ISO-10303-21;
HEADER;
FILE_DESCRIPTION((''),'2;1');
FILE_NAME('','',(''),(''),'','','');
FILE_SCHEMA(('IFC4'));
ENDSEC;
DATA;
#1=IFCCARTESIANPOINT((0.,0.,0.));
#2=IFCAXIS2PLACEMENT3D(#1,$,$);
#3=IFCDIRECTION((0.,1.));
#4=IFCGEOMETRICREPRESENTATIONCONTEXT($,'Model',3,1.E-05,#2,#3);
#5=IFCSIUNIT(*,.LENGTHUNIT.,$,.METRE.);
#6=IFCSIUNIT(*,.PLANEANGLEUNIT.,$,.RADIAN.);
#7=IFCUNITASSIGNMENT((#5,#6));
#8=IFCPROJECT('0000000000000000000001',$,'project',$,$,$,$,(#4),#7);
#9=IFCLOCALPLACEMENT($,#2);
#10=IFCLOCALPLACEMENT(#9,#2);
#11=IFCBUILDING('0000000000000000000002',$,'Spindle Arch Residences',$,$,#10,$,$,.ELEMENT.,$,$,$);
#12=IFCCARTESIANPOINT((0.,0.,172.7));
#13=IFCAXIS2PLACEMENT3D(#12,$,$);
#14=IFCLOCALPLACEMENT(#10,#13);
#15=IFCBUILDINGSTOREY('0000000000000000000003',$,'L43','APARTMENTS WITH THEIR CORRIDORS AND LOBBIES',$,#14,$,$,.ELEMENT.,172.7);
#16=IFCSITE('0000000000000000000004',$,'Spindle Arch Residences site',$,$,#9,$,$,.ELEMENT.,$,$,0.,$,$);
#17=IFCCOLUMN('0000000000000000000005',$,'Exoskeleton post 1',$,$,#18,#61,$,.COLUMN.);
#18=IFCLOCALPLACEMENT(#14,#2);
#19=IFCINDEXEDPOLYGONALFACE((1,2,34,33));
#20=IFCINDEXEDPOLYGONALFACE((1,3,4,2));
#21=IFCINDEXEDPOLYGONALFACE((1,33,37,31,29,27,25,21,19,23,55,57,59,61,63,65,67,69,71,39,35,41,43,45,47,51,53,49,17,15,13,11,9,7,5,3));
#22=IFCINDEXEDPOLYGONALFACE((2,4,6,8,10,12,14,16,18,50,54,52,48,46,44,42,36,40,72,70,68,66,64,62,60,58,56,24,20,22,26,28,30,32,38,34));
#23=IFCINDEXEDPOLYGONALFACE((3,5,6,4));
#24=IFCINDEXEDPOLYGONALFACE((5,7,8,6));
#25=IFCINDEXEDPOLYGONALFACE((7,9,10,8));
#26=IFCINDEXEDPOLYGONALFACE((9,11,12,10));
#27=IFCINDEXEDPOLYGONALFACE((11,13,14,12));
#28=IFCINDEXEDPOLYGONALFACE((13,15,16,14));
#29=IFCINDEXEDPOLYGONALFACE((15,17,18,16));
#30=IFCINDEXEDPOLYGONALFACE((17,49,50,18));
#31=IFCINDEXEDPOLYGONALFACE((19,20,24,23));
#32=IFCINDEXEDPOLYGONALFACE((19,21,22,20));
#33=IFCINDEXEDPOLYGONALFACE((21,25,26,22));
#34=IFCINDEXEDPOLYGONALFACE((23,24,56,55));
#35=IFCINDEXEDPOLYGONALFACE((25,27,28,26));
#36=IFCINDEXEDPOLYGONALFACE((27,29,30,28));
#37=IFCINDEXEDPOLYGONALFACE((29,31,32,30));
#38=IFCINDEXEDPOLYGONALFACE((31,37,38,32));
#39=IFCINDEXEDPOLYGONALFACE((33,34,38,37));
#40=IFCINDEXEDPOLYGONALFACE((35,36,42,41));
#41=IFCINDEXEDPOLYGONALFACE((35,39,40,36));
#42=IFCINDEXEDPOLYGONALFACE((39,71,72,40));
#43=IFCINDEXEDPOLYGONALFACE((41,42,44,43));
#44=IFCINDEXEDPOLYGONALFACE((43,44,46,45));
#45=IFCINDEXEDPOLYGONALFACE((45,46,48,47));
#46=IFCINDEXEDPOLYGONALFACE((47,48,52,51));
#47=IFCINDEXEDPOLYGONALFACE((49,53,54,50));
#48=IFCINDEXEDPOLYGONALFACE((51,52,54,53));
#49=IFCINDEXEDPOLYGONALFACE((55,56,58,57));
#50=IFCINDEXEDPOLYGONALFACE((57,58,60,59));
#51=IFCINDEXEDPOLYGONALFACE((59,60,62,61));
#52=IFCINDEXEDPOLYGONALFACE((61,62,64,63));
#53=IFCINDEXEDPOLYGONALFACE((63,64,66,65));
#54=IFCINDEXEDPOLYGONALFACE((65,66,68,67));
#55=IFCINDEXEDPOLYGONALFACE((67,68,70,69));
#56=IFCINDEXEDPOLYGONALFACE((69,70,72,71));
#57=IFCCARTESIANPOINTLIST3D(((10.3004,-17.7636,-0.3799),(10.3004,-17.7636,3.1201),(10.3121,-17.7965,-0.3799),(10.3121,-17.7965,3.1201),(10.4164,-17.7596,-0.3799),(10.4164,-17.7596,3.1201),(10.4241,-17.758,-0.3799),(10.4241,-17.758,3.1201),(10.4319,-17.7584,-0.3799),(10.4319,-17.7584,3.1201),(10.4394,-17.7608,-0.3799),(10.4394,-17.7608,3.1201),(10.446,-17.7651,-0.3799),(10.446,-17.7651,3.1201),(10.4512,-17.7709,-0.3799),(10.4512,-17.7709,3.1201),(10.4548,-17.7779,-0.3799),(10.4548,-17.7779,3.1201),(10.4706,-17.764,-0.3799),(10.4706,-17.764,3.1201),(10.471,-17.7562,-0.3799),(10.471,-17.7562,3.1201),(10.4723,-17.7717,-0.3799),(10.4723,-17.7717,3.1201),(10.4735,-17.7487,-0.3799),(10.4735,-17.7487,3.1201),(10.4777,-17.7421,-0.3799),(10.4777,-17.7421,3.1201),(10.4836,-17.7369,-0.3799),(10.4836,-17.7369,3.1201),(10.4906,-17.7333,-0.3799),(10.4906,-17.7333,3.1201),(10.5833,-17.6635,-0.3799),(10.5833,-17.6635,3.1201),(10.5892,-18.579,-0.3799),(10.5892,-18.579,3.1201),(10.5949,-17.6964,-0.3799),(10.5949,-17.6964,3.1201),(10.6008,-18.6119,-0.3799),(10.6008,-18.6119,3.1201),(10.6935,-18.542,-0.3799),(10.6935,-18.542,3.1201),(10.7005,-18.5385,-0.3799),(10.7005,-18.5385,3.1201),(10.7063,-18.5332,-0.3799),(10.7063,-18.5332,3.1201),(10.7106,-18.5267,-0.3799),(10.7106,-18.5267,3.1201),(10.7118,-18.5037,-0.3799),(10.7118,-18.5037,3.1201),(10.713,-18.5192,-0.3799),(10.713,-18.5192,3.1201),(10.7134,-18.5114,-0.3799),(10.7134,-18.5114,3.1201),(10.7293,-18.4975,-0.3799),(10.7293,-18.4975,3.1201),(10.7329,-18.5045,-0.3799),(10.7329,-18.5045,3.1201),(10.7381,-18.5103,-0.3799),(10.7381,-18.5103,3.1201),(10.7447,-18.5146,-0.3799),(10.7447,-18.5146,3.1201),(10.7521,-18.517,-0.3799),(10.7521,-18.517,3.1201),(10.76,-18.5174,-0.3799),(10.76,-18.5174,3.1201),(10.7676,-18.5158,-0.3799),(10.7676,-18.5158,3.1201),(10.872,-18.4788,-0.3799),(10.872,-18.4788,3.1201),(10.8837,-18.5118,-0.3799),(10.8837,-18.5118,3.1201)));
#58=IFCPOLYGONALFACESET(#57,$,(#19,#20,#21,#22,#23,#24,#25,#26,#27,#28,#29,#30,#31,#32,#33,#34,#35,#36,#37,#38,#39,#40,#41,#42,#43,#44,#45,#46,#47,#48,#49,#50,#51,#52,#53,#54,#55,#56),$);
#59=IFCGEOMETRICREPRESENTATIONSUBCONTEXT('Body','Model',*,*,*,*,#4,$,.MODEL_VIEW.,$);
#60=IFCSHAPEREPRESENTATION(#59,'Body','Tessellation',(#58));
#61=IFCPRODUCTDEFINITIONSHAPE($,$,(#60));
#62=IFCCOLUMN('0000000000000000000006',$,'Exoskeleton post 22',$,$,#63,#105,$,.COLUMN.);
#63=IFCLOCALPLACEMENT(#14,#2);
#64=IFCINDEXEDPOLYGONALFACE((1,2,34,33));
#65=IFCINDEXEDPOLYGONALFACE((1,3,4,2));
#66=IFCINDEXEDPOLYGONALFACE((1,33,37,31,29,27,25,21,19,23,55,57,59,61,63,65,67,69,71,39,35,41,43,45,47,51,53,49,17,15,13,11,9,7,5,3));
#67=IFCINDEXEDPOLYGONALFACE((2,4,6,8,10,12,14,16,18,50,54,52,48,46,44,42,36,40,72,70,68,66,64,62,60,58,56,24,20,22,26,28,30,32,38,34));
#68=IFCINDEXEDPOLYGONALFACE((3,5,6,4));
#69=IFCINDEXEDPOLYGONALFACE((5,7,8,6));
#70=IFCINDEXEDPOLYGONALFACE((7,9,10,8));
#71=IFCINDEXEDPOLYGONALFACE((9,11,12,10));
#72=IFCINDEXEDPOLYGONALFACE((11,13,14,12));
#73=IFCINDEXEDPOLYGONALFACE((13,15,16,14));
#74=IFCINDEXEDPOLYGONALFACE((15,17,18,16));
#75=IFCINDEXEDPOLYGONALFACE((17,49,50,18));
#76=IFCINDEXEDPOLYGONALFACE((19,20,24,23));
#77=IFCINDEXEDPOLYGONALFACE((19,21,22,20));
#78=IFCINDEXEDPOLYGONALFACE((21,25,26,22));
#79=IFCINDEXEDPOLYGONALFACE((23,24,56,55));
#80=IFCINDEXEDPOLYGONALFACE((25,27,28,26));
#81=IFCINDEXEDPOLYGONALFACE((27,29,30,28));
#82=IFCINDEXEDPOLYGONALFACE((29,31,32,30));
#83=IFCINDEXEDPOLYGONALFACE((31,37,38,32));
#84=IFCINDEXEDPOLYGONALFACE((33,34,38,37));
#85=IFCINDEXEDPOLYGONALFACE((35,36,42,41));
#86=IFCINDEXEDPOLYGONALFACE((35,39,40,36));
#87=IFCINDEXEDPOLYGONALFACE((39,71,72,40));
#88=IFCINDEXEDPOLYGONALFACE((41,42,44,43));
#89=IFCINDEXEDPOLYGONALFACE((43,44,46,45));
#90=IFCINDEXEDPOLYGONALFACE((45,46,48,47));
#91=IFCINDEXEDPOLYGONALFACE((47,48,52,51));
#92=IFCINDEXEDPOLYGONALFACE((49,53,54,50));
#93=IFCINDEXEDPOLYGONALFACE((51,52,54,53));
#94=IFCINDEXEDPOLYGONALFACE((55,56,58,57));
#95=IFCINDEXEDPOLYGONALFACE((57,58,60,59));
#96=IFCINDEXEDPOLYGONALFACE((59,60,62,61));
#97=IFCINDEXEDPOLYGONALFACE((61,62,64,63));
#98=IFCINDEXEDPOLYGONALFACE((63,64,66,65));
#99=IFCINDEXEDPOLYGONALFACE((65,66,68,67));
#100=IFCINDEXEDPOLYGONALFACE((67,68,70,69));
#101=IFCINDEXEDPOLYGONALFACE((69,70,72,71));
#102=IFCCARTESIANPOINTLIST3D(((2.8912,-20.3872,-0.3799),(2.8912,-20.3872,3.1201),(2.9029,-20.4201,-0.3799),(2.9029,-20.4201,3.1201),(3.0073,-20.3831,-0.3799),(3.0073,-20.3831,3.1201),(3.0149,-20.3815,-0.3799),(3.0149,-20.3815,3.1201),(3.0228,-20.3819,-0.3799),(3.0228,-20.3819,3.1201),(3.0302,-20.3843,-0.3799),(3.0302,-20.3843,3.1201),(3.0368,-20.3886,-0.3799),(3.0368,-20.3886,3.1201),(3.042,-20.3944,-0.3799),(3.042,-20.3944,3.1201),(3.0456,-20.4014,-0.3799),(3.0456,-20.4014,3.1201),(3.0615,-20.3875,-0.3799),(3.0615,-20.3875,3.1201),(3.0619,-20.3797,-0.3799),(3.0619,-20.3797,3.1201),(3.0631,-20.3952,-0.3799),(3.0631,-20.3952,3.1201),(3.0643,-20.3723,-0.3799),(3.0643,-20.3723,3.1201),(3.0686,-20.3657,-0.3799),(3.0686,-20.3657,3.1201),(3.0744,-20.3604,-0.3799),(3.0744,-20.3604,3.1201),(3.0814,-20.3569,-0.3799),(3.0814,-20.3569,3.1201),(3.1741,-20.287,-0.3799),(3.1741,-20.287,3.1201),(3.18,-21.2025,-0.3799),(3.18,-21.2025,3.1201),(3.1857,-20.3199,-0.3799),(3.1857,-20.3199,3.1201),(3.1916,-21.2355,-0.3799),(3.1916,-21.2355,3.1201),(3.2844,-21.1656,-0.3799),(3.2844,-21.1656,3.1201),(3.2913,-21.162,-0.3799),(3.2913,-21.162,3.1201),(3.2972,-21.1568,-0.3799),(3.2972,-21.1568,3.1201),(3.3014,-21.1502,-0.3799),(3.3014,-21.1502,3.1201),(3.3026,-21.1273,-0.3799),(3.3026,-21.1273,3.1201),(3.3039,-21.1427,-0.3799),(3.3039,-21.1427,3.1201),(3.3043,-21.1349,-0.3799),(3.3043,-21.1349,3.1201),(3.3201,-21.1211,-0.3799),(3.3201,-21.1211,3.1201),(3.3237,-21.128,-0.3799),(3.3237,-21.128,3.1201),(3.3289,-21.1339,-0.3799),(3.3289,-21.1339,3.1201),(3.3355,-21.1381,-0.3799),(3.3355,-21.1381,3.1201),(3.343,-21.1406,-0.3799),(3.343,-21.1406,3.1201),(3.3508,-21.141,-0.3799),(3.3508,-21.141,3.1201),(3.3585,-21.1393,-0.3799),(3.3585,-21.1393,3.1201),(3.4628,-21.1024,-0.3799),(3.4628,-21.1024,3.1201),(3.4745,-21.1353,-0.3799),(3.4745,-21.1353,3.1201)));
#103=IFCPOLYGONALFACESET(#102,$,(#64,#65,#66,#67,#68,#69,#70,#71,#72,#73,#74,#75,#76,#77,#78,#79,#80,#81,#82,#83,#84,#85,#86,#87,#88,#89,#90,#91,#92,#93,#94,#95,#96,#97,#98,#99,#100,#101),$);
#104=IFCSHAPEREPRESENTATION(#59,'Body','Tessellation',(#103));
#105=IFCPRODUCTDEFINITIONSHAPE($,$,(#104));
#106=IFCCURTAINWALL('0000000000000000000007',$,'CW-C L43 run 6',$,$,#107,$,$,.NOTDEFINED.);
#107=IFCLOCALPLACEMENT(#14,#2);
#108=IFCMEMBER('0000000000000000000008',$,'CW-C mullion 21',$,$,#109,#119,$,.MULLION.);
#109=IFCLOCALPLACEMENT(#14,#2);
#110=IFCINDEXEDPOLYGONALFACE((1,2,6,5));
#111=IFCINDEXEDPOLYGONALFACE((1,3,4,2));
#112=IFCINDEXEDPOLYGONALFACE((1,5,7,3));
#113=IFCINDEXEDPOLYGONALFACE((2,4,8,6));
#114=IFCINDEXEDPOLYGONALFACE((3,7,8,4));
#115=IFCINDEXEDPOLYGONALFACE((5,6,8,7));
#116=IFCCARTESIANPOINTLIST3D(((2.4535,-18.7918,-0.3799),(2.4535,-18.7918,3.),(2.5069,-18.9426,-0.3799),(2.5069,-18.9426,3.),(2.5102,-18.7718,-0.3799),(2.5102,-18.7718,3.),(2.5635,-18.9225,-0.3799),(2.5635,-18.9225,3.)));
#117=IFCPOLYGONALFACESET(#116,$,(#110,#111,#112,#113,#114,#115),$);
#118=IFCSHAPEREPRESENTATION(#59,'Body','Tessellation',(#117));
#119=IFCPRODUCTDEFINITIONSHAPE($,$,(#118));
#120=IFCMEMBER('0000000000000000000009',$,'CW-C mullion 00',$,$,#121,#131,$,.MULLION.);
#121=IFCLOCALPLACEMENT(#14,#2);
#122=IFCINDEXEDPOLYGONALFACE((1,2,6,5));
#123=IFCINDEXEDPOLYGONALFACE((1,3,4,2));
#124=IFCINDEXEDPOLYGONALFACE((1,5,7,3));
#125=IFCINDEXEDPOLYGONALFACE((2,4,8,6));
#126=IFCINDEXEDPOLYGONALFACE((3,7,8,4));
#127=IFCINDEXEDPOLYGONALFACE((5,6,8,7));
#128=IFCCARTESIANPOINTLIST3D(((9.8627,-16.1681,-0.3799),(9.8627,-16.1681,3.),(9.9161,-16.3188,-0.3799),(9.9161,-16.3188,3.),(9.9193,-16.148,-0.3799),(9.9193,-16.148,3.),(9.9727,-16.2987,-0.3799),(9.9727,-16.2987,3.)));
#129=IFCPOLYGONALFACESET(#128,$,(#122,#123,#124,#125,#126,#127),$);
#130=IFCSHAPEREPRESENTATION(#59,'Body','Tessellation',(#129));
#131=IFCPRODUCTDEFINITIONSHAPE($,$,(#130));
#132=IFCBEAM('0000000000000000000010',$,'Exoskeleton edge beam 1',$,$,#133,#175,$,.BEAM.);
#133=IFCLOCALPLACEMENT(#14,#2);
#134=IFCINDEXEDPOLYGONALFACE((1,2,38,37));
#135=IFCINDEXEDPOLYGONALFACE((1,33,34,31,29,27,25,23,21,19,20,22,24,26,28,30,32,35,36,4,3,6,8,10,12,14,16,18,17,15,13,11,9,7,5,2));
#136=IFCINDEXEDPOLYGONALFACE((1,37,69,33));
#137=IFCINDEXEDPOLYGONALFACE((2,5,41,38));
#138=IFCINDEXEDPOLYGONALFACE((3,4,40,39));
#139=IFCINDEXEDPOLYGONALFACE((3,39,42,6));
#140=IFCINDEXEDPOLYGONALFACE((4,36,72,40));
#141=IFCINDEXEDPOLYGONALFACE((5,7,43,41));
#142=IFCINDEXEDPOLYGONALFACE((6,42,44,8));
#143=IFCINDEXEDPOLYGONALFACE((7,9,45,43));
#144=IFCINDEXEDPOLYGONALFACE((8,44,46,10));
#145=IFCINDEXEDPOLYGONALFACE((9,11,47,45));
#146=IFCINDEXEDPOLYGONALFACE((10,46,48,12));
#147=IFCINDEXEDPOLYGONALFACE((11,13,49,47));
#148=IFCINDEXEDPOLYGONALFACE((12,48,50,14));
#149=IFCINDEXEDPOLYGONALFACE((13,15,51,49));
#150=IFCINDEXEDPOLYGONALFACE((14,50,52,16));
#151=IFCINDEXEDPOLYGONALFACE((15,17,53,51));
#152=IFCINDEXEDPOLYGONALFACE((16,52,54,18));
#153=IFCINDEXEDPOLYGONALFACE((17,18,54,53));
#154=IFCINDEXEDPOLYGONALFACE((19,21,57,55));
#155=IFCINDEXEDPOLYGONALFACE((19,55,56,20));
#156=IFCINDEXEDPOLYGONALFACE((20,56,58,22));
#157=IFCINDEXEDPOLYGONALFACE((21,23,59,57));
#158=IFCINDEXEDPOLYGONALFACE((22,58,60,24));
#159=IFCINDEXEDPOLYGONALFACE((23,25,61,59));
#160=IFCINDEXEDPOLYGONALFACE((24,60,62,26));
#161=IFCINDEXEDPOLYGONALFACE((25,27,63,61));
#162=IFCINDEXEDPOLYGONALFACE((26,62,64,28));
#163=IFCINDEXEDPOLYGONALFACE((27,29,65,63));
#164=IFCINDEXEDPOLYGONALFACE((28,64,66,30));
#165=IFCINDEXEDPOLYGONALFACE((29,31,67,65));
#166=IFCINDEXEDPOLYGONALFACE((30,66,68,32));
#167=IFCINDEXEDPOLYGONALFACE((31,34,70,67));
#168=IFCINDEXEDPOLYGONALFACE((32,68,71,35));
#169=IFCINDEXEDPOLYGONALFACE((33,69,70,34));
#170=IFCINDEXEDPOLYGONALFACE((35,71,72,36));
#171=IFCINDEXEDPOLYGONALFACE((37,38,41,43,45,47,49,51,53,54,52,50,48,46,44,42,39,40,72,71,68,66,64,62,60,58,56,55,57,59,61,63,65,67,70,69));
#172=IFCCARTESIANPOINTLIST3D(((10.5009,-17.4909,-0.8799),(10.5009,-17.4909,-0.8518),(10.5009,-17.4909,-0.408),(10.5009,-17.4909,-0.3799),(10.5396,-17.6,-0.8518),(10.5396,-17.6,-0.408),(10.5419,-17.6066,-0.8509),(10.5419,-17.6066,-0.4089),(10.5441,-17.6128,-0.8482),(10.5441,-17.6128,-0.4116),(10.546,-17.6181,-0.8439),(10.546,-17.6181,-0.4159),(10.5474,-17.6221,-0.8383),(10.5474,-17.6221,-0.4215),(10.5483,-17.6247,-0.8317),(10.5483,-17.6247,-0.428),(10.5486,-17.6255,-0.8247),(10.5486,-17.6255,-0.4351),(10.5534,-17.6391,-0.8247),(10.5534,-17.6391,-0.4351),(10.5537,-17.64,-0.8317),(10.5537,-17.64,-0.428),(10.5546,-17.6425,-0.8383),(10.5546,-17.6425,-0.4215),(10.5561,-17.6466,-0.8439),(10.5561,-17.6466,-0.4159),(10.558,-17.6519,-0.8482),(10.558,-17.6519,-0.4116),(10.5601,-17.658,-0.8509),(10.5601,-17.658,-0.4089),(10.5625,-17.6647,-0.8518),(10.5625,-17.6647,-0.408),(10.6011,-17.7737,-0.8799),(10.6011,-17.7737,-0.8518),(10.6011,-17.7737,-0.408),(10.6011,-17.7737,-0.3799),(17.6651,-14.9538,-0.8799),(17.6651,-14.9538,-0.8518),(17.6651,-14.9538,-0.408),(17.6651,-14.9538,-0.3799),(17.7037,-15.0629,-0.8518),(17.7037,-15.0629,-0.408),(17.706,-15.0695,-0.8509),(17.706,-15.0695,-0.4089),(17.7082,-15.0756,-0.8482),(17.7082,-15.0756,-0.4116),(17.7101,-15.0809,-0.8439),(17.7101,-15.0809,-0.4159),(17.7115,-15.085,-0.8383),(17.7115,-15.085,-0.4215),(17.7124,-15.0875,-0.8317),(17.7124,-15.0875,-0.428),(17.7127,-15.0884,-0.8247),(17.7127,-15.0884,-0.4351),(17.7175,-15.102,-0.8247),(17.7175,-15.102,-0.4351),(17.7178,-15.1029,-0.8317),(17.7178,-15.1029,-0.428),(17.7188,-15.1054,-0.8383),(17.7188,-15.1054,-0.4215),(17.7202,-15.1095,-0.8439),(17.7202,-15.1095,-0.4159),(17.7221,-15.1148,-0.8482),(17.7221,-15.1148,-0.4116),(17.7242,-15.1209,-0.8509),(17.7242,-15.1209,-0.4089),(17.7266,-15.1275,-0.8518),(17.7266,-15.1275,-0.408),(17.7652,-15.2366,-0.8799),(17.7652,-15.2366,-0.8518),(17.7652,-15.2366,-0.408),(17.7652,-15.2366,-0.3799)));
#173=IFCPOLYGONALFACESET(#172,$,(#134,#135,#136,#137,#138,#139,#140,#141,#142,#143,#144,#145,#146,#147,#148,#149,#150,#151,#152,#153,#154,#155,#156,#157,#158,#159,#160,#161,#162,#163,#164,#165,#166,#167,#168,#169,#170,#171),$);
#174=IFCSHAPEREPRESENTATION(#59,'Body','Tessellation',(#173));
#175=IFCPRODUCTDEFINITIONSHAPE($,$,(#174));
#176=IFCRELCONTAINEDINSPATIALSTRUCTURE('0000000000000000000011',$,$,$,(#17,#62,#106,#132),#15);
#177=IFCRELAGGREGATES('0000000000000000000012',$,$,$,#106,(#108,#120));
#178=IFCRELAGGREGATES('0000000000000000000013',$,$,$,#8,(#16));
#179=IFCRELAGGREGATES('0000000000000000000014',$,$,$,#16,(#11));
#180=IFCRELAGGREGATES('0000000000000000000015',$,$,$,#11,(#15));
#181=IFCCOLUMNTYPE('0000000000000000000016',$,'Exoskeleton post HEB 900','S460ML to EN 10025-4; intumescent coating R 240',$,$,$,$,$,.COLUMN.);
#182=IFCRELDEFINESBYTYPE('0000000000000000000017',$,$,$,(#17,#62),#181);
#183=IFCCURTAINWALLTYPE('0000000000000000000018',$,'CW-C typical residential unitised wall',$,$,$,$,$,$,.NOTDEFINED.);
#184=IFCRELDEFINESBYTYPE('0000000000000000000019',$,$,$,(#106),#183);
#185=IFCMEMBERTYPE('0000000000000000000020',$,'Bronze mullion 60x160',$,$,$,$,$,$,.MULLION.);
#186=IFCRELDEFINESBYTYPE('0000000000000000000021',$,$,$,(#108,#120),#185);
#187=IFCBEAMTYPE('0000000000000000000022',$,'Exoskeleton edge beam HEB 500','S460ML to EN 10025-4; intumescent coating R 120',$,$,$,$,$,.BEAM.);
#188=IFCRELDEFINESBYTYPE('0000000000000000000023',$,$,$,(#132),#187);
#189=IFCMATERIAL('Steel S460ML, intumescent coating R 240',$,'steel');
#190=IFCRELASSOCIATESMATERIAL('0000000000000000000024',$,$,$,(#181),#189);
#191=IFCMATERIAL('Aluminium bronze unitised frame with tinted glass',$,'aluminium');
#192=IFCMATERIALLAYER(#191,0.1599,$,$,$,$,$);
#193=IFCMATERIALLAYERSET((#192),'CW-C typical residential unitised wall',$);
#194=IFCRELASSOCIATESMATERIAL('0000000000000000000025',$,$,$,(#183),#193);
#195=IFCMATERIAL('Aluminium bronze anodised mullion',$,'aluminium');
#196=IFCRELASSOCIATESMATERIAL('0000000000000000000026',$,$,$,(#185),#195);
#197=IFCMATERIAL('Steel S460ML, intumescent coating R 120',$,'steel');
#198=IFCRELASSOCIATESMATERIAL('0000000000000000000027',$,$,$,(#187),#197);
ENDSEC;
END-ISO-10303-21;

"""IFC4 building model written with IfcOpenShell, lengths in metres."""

from ifc_helpers import new_model, si_unit, direction, frame, origin, origin_2d, place, context, subcontext, project, spatial, rectangle, i_section, extrude, material, layer, layer_set, material_profile, profile_set, type_object, element, aggregate, save


model = new_model("IFC4")

# Units and contexts
model_context = context("Model", 3, precision=1e-05, world=origin(), true_north=direction((0.0, 1.0)))
body_context = subcontext(model_context, "Body", "Model", "MODEL_VIEW")
ifc_project = project(units=[si_unit("LENGTHUNIT", "METRE"), si_unit("PLANEANGLEUNIT", "RADIAN")], contexts=[model_context])

# Site, building, storey
site_placement = place(None, origin())
site = spatial("IfcSite", under=ifc_project, at=site_placement, Name="Spindle Arch Residences site", CompositionType="ELEMENT", RefElevation=0.0)
building_placement = place(site_placement, origin())
building = spatial("IfcBuilding", under=site, at=building_placement, Name="Spindle Arch Residences", CompositionType="ELEMENT")
storey_placement = place(building_placement, frame((0.0, 0.0, 172.7)))
storey = spatial("IfcBuildingStorey", under=building, at=storey_placement, Name="L43", Description="APARTMENTS WITH THEIR CORRIDORS AND LOBBIES", CompositionType="ELEMENT", Elevation=172.7)

# Columns
ifc_material_1 = material(Name="Steel S460ML, intumescent coating R 240", Category="steel")
ifc_material_profile_1 = material_profile(ifc_material_1, i_section(OverallWidth=0.3, OverallDepth=0.8999, WebThickness=0.0186, FlangeThickness=0.0349, FilletRadius=0.03, at=origin_2d()), Name="HEB 900")
ifc_profile_set_1 = profile_set([ifc_material_profile_1], Name="Steel S460ML, intumescent coating R 240")
column_type = type_object("IfcColumnType", Name="Exoskeleton post HEB 900", Description="S460ML to EN 10025-4; intumescent coating R 240", PredefinedType="COLUMN", material=ifc_profile_set_1)
for number, where, z_axis, x_axis, name in (
    (1, (10.592, -18.1377, -0.3799), (0.0, 0.0, 1.0), (-0.942641, -0.333807, 0.0), "Exoskeleton post 1"),
    (2, (3.1829, -20.7612, -0.3799), (0.0, 0.0, 1.0), (-0.942641, -0.333807, 0.0), "Exoskeleton post 22"),
):
    element("IfcColumn", number, at=place(storey_placement, frame(where, z_axis=z_axis, x_axis=x_axis)), inside=storey, type_object=column_type, Name=name, PredefinedType="COLUMN", context=body_context, shape_type="SweptSolid", body=[
        extrude(i_section(OverallWidth=0.3, OverallDepth=0.8999, WebThickness=0.0186, FlangeThickness=0.0349, FilletRadius=0.03, at=origin_2d()), origin(), (0.0, 0.0, 1.0), 3.5),
    ])

# Curtain wall, members
ifc_material_2 = material(Name="Aluminium bronze unitised frame with tinted glass", Category="aluminium")
ifc_layer_1 = layer(ifc_material_2, 0.1599)
ifc_layer_set_1 = layer_set([ifc_layer_1], Name="CW-C typical residential unitised wall")
curtain_wall_type = type_object("IfcCurtainWallType", Name="CW-C typical residential unitised wall", PredefinedType="NOTDEFINED", material=ifc_layer_set_1)
curtain_wall_placement = place(storey_placement, origin())
curtain_wall = element("IfcCurtainWall", 3, at=curtain_wall_placement, inside=storey, type_object=curtain_wall_type, Name="CW-C L43 run 6", PredefinedType="NOTDEFINED")
ifc_material_3 = material(Name="Aluminium bronze anodised mullion", Category="aluminium")
ifc_material_profile_2 = material_profile(ifc_material_3, rectangle(XDim=0.1599, YDim=0.0601, at=origin_2d()), Name="MU 60x160")
ifc_profile_set_2 = profile_set([ifc_material_profile_2], Name="Aluminium bronze anodised mullion")
member_type = type_object("IfcMemberType", Name="Bronze mullion 60x160", PredefinedType="MULLION", material=ifc_profile_set_2)
member_1_placement = place(storey_placement, frame((2.5085, -18.8572, -0.3799), z_axis=(0.0, 0.0, 1.0), x_axis=(-0.333807, 0.942641, 0.0)))
member_1 = element("IfcMember", 4, at=member_1_placement, type_object=member_type, Name="CW-C mullion 21", PredefinedType="MULLION", context=body_context, shape_type="SweptSolid", body=[
    extrude(rectangle(XDim=0.1599, YDim=0.0601, at=origin_2d()), origin(), (0.0, 0.0, 1.0), 3.3799),
])
member_2_placement = place(storey_placement, frame((9.9177, -16.2334, -0.3799), z_axis=(0.0, 0.0, 1.0), x_axis=(-0.333807, 0.942641, 0.0)))
member_2 = element("IfcMember", 5, at=member_2_placement, type_object=member_type, Name="CW-C mullion 00", PredefinedType="MULLION", context=body_context, shape_type="SweptSolid", body=[
    extrude(rectangle(XDim=0.1599, YDim=0.0601, at=origin_2d()), origin(), (0.0, 0.0, 1.0), 3.3799),
])

# Beam
ifc_material_4 = material(Name="Steel S460ML, intumescent coating R 120", Category="steel")
ifc_material_profile_3 = material_profile(ifc_material_4, i_section(OverallWidth=0.3, OverallDepth=0.5, WebThickness=0.0144, FlangeThickness=0.0281, FilletRadius=0.0271, at=origin_2d()), Name="HEB 500")
ifc_profile_set_3 = profile_set([ifc_material_profile_3], Name="Steel S460ML, intumescent coating R 120")
beam_type_1 = type_object("IfcBeamType", Name="Exoskeleton edge beam HEB 500", Description="S460ML to EN 10025-4; intumescent coating R 120", PredefinedType="BEAM", material=ifc_profile_set_3)
for number, where, z_axis, x_axis, name in (
    (6, (10.551, -17.6323, -0.6299), (0.942634, 0.333828, 0.0), (-0.333828, 0.942634, 0.0), "Exoskeleton edge beam 1"),
):
    element("IfcBeam", number, at=place(storey_placement, frame(where, z_axis=z_axis, x_axis=x_axis)), inside=storey, type_object=beam_type_1, Name=name, PredefinedType="BEAM", context=body_context, shape_type="SweptSolid", body=[
        extrude(i_section(OverallWidth=0.3, OverallDepth=0.5, WebThickness=0.0144, FlangeThickness=0.0281, FilletRadius=0.0271, at=origin_2d()), origin(), (0.0, 0.0, 1.0), 7.6001),
    ])

aggregate(curtain_wall, [member_1, member_2])

save(model, "model.ifc")
